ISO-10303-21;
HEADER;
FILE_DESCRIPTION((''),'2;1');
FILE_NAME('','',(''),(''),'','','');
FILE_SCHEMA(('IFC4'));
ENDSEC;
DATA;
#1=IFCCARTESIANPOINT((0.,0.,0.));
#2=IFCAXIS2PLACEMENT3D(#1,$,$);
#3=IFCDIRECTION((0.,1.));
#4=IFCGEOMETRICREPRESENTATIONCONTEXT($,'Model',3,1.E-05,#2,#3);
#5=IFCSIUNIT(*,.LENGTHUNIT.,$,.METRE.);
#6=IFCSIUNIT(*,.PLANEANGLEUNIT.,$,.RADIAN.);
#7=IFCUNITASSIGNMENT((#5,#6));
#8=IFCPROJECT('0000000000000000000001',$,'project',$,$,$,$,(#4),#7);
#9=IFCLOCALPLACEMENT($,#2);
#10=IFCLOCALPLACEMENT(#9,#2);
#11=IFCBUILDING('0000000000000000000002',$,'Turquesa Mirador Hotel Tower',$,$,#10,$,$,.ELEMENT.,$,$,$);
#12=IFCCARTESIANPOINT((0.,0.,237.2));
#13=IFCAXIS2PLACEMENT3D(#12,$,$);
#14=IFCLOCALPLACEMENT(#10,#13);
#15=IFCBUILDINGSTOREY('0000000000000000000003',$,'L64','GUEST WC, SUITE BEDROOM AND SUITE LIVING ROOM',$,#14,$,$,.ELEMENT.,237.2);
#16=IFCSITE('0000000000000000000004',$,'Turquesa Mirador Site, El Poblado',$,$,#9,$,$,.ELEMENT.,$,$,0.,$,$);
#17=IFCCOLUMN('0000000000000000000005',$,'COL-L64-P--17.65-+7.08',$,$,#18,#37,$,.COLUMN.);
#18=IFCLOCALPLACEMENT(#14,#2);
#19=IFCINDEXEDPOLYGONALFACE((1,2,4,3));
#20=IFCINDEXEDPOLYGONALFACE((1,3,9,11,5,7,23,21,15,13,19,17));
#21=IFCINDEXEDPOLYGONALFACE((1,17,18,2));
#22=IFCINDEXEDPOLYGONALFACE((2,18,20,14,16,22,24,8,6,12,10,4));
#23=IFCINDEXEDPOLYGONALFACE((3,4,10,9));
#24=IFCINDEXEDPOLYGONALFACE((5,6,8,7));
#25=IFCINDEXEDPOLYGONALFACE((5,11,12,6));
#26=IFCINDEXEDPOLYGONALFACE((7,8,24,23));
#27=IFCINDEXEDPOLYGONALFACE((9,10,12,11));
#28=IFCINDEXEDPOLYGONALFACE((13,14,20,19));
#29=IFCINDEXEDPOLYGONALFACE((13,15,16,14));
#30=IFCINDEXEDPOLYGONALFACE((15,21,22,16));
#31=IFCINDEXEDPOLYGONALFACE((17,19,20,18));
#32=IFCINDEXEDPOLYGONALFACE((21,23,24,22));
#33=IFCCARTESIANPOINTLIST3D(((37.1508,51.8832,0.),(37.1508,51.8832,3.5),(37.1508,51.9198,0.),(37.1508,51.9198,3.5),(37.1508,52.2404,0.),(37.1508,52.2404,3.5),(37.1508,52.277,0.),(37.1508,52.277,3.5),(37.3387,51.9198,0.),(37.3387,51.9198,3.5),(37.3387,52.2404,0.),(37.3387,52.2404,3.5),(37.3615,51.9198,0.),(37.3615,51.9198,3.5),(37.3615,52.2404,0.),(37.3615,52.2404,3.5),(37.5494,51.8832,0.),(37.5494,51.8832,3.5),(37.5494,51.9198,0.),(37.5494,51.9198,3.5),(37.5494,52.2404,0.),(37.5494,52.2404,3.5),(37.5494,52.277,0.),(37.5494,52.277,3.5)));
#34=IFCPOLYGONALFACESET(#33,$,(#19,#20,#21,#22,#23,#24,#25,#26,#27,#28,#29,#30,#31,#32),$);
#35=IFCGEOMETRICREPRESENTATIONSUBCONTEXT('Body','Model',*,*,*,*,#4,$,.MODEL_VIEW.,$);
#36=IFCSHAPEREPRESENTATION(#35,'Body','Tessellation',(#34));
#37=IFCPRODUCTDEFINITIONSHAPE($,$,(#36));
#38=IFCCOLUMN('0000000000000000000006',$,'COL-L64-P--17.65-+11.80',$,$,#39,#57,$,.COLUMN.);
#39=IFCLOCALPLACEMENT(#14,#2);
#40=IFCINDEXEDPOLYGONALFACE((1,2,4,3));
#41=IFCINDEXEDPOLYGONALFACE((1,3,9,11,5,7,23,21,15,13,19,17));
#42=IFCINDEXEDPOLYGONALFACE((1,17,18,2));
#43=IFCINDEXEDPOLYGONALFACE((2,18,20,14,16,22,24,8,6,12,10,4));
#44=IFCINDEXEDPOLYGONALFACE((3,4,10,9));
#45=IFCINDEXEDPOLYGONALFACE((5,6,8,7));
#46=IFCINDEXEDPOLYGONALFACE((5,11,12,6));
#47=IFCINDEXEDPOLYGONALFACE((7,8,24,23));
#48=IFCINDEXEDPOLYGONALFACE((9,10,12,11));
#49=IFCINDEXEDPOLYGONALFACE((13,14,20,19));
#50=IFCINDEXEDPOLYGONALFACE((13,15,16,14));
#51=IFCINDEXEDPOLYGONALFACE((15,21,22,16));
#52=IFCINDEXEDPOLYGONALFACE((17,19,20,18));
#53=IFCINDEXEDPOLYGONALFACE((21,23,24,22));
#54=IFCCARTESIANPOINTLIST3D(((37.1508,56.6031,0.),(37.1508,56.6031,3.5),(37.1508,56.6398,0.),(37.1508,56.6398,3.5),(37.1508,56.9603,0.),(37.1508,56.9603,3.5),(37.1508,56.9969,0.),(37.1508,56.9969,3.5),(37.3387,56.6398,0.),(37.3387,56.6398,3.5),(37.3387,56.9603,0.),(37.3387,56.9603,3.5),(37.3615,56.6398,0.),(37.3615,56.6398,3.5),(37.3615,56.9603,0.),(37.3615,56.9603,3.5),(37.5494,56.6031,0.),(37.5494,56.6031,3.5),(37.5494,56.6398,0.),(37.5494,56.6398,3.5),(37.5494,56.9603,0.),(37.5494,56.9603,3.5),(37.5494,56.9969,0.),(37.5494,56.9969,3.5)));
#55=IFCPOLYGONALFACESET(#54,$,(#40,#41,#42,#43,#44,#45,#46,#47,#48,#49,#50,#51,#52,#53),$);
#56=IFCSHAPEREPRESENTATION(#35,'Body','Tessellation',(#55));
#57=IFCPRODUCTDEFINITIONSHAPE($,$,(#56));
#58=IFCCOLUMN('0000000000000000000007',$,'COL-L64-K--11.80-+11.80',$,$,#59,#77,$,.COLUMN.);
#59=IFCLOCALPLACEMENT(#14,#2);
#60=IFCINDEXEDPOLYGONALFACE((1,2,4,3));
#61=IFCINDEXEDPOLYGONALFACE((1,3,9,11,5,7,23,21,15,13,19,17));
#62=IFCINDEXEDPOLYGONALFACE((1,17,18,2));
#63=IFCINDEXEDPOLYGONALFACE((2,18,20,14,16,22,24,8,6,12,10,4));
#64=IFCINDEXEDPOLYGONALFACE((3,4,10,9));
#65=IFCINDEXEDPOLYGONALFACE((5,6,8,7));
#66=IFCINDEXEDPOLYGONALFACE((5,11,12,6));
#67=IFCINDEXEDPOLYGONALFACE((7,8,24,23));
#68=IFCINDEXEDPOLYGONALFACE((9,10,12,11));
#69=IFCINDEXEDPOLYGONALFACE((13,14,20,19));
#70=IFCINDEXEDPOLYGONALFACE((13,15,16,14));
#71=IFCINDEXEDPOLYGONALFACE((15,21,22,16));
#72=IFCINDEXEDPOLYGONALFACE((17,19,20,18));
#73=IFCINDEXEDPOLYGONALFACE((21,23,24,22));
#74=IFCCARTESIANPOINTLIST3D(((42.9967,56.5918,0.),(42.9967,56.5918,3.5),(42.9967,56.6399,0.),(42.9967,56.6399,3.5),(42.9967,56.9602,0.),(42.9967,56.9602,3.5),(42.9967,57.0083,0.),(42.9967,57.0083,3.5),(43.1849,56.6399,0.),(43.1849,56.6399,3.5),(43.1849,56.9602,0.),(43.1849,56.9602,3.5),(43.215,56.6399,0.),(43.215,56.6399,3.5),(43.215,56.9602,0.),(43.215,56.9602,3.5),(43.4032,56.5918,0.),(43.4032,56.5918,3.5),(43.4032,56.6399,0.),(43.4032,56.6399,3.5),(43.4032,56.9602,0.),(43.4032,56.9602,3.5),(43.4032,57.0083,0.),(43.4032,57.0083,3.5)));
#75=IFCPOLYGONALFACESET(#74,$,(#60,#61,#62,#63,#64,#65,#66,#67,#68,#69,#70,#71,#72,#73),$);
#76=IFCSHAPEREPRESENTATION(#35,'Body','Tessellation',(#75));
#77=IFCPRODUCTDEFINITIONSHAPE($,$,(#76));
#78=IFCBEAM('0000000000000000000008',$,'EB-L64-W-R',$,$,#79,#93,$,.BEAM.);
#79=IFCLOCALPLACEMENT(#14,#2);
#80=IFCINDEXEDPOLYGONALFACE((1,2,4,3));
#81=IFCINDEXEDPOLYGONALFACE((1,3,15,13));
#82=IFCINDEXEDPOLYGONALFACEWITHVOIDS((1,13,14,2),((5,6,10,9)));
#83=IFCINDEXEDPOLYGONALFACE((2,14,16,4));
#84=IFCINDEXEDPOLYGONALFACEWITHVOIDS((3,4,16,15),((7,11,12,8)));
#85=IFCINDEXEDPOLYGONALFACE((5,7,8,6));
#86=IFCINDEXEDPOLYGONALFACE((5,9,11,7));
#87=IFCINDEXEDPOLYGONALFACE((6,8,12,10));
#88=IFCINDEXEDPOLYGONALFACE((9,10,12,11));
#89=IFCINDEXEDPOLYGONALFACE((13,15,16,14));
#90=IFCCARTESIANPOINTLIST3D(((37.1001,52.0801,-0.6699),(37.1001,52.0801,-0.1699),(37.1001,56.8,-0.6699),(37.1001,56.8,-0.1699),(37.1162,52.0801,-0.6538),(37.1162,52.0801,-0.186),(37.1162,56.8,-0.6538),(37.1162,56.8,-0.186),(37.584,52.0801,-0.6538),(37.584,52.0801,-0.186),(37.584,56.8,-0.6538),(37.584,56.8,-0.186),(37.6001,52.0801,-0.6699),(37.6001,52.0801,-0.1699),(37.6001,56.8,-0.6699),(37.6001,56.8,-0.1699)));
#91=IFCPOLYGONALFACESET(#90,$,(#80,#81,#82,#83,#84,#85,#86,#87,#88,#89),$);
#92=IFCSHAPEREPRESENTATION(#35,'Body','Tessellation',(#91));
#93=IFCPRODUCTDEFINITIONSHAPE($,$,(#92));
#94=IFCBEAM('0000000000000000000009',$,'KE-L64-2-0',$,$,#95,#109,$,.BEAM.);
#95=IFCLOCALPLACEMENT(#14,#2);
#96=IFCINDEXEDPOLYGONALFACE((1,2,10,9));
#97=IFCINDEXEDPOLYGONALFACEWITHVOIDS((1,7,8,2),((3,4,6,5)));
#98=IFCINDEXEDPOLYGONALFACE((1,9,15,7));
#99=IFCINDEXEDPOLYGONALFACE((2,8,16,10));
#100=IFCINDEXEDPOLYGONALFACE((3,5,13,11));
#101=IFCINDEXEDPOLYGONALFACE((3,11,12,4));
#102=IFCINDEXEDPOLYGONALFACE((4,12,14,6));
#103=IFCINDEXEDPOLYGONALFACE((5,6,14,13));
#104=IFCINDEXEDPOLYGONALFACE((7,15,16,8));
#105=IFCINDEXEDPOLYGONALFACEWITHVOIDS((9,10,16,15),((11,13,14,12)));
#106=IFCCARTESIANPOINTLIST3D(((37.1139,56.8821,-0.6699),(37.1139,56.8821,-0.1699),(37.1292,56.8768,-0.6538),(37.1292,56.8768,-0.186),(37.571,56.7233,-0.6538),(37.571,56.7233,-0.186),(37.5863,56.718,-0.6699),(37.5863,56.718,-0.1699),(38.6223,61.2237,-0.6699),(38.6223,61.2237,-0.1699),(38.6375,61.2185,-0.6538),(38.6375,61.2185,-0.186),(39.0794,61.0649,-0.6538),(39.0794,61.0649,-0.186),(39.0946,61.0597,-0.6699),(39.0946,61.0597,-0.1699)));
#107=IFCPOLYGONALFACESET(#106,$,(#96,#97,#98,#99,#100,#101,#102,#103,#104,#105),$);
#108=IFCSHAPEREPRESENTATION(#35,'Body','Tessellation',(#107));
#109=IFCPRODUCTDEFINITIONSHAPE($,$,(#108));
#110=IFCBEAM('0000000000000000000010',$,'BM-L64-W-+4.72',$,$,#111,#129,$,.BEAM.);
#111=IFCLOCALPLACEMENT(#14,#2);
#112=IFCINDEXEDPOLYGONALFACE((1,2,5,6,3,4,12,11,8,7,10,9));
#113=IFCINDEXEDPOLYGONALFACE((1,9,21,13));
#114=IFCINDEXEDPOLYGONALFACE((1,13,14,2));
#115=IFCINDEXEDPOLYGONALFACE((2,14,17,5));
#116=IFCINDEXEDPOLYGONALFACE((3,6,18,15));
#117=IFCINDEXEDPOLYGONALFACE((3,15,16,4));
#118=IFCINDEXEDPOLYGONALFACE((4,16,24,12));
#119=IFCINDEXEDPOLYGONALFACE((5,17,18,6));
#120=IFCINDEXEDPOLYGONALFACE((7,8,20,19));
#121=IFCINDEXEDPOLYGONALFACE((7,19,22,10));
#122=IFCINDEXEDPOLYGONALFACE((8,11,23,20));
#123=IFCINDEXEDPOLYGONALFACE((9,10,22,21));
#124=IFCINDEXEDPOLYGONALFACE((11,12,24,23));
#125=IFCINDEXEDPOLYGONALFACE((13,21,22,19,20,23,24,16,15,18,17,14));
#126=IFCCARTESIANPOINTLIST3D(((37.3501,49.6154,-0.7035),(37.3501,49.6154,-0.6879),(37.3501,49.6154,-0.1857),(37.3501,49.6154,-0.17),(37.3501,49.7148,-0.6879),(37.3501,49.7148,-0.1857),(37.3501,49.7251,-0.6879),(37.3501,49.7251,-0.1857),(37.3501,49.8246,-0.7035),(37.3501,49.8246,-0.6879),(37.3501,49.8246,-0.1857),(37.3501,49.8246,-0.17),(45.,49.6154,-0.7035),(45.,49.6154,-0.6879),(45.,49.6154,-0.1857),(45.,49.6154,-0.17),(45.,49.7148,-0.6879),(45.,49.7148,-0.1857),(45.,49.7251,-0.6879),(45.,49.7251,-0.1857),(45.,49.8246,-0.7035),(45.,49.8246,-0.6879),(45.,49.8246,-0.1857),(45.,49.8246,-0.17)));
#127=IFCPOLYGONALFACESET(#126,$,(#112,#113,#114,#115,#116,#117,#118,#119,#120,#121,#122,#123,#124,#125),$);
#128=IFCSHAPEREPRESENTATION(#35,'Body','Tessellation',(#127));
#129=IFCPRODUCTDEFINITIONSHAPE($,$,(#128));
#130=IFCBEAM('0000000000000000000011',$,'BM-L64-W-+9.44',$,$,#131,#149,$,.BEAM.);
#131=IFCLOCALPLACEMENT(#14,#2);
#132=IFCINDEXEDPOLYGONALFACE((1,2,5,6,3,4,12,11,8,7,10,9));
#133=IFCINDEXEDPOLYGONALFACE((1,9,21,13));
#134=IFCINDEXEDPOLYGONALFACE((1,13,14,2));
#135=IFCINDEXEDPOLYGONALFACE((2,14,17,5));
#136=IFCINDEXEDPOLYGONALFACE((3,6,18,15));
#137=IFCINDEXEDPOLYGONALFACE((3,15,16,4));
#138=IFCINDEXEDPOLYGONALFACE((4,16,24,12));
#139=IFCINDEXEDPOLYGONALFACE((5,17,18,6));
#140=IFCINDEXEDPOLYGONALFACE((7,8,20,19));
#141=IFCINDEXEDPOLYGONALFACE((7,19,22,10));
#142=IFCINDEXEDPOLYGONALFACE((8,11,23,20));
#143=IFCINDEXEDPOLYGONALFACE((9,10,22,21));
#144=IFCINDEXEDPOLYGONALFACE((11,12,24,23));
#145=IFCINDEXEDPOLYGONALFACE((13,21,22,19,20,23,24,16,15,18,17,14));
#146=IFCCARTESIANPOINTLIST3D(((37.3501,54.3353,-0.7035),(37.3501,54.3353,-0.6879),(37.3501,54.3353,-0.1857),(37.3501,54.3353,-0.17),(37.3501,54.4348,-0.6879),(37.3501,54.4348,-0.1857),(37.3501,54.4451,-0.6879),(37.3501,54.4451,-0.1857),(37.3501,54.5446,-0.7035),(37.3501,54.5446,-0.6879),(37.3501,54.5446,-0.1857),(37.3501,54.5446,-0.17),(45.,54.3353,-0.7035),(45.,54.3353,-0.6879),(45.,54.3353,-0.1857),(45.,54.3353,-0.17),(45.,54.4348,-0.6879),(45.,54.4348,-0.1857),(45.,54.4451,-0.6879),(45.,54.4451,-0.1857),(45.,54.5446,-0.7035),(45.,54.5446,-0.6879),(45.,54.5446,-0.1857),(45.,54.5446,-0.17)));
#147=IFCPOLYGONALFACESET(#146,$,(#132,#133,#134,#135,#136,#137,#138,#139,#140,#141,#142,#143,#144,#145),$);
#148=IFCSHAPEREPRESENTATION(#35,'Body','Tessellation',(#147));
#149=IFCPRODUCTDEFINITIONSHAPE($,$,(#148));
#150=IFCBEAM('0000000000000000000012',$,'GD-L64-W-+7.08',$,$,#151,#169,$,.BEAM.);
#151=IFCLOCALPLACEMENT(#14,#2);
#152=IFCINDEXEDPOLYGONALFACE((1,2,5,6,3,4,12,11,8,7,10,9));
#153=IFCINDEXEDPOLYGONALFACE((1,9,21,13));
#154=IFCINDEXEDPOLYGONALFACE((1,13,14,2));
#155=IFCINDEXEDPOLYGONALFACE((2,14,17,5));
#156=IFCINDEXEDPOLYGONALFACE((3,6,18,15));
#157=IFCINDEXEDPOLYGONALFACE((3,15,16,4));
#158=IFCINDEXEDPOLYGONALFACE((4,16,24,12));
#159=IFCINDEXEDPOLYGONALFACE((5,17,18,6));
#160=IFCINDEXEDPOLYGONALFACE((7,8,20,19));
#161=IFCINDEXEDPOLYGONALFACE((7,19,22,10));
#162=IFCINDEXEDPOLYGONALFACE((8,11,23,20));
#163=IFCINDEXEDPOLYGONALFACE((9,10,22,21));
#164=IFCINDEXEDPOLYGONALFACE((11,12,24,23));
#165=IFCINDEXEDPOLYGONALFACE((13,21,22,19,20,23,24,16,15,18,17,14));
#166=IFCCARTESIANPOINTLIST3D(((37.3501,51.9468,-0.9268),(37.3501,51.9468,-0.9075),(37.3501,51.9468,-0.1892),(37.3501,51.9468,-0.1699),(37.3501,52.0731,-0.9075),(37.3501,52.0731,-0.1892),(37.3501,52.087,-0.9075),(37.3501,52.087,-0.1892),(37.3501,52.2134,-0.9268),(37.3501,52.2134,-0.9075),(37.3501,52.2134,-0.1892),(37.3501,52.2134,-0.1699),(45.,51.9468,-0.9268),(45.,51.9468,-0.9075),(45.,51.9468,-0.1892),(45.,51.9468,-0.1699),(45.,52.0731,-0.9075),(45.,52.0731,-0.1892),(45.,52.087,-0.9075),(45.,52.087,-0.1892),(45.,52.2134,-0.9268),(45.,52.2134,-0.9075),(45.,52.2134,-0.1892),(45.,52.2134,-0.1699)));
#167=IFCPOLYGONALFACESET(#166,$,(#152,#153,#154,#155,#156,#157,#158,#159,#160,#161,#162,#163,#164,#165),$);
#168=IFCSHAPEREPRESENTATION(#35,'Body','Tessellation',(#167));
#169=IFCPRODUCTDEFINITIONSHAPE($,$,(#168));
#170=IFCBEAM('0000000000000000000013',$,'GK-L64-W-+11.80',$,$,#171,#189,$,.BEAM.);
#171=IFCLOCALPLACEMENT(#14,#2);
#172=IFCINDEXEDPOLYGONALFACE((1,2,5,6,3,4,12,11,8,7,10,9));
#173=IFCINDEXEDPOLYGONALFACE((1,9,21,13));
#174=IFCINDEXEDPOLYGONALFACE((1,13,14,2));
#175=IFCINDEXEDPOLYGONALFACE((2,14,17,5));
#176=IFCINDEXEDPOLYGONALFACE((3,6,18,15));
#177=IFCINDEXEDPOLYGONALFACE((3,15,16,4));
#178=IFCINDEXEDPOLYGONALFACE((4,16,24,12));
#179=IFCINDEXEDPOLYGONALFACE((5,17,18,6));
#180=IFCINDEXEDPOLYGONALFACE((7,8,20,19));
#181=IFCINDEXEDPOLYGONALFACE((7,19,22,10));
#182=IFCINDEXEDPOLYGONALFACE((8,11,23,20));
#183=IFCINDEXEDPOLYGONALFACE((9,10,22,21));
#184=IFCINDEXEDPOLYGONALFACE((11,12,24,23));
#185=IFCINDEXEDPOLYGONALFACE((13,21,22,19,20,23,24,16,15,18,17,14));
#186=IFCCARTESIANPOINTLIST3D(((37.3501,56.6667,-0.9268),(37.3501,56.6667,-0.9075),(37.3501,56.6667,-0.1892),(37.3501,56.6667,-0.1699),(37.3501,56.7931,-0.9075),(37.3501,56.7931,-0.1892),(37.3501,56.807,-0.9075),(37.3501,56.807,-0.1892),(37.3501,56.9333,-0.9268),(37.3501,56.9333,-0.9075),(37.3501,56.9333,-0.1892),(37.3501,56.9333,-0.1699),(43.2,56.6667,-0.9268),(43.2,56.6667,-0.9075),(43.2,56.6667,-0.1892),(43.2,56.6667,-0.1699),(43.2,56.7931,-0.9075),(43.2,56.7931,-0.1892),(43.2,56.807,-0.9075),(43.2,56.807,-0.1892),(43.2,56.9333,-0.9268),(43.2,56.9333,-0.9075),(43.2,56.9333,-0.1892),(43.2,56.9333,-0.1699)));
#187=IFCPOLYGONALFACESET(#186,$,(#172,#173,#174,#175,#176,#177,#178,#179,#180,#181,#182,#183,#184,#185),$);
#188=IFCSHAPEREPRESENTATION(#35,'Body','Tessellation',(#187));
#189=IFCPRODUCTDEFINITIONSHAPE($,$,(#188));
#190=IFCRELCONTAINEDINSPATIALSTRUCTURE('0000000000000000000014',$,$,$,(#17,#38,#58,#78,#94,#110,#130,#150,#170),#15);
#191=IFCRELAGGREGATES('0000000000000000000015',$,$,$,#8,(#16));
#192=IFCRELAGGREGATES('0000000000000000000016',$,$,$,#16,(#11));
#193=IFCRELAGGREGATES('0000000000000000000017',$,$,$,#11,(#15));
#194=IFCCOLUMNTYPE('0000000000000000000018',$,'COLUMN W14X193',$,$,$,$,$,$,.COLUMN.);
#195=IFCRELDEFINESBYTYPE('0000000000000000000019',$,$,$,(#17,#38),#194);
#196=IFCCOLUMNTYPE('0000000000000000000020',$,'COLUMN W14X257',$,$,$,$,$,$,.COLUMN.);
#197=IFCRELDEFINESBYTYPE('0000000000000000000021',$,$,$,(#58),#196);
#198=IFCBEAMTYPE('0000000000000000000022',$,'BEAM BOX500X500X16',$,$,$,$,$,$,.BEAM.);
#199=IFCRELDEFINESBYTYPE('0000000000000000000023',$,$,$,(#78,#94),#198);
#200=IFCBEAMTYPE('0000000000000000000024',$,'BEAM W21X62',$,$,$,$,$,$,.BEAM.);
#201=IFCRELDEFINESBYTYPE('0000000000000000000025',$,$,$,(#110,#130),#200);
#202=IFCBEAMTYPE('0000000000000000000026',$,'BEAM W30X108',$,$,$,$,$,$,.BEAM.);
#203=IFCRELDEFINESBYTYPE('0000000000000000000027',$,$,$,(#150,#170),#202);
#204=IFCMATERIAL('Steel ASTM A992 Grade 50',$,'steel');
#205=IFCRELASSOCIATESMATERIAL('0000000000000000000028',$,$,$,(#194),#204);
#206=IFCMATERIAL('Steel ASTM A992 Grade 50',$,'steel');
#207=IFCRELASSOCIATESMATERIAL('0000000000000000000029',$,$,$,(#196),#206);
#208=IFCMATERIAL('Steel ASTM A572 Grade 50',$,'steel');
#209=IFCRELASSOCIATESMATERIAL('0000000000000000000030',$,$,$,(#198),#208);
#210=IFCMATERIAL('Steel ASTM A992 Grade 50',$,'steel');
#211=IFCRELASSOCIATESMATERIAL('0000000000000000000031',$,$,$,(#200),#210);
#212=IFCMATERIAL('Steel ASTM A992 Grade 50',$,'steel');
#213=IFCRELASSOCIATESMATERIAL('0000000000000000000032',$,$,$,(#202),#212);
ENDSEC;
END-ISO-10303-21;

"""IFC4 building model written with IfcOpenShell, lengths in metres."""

from ifc_helpers import new_model, si_unit, direction, frame, origin, origin_2d, place, context, subcontext, project, spatial, hollow_rectangle, i_section, extrude, material, material_profile, profile_set, type_object, element, save


model = new_model("IFC4")

# Units and contexts
model_context = context("Model", 3, precision=1e-05, world=origin(), true_north=direction((0.0, 1.0)))
body_context = subcontext(model_context, "Body", "Model", "MODEL_VIEW")
ifc_project = project(units=[si_unit("LENGTHUNIT", "METRE"), si_unit("PLANEANGLEUNIT", "RADIAN")], contexts=[model_context])

# Site, building, storey
site_placement = place(None, origin())
site = spatial("IfcSite", under=ifc_project, at=site_placement, Name="Turquesa Mirador Site, El Poblado", CompositionType="ELEMENT", RefElevation=0.0)
building_placement = place(site_placement, origin())
building = spatial("IfcBuilding", under=site, at=building_placement, Name="Turquesa Mirador Hotel Tower", CompositionType="ELEMENT")
storey_placement = place(building_placement, frame((0.0, 0.0, 237.2)))
storey = spatial("IfcBuildingStorey", under=building, at=storey_placement, Name="L64", Description="GUEST WC, SUITE BEDROOM AND SUITE LIVING ROOM", CompositionType="ELEMENT", Elevation=237.2)

# Columns
ifc_material_1 = material(Name="Steel ASTM A992 Grade 50", Category="steel")
ifc_material_profile_1 = material_profile(ifc_material_1, i_section(OverallWidth=0.3987, OverallDepth=0.3938, WebThickness=0.0227, FlangeThickness=0.0366, at=origin_2d()), Name="W14X193")
ifc_profile_set_1 = profile_set([ifc_material_profile_1], Name="Steel ASTM A992 Grade 50")
column_type_1 = type_object("IfcColumnType", Name="COLUMN W14X193", PredefinedType="COLUMN", material=ifc_profile_set_1)
for number, where, z_axis, x_axis, name in (
    (1, (37.3501, 52.0801, 0.0), (0.0, 0.0, 1.0), (1.0, 0.0, 0.0), "COL-L64-P--17.65-+7.08"),
    (2, (37.3501, 56.8, 0.0), (0.0, 0.0, 1.0), (1.0, 0.0, 0.0), "COL-L64-P--17.65-+11.80"),
):
    element("IfcColumn", number, at=place(storey_placement, frame(where, z_axis=z_axis, x_axis=x_axis)), inside=storey, type_object=column_type_1, Name=name, PredefinedType="COLUMN", context=body_context, shape_type="SweptSolid", body=[
        extrude(i_section(OverallWidth=0.3987, OverallDepth=0.3938, WebThickness=0.0227, FlangeThickness=0.0366, at=origin_2d()), origin(), (0.0, 0.0, 1.0), 3.5),
    ])
ifc_material_2 = material(Name="Steel ASTM A992 Grade 50", Category="steel")
ifc_material_profile_2 = material_profile(ifc_material_2, i_section(OverallWidth=0.4065, OverallDepth=0.4165, WebThickness=0.03, FlangeThickness=0.0481, at=origin_2d()), Name="W14X257")
ifc_profile_set_2 = profile_set([ifc_material_profile_2], Name="Steel ASTM A992 Grade 50")
column_type_2 = type_object("IfcColumnType", Name="COLUMN W14X257", PredefinedType="COLUMN", material=ifc_profile_set_2)
column_placement = place(storey_placement, frame((43.2, 56.8, 0.0), z_axis=(0.0, 0.0, 1.0), x_axis=(1.0, 0.0, 0.0)))
element("IfcColumn", 3, at=column_placement, inside=storey, type_object=column_type_2, Name="COL-L64-K--11.80-+11.80", PredefinedType="COLUMN", context=body_context, shape_type="SweptSolid", body=[
    extrude(i_section(OverallWidth=0.4065, OverallDepth=0.4165, WebThickness=0.03, FlangeThickness=0.0481, at=origin_2d()), origin(), (0.0, 0.0, 1.0), 3.5),
])

# Beams
ifc_material_3 = material(Name="Steel ASTM A572 Grade 50", Category="steel")
ifc_material_profile_3 = material_profile(ifc_material_3, hollow_rectangle(XDim=0.5, YDim=0.5, WallThickness=0.0161, at=origin_2d()), Name="BOX500X500X16")
ifc_profile_set_3 = profile_set([ifc_material_profile_3], Name="Steel ASTM A572 Grade 50")
beam_type_1 = type_object("IfcBeamType", Name="BEAM BOX500X500X16", PredefinedType="BEAM", material=ifc_profile_set_3)
beam_1_placement = place(storey_placement, frame((37.3501, 52.0801, -0.4199), z_axis=(0.0, 1.0, 0.0), x_axis=(-1.0, 0.0, 0.0)))
element("IfcBeam", 4, at=beam_1_placement, inside=storey, type_object=beam_type_1, Name="EB-L64-W-R", PredefinedType="BEAM", context=body_context, shape_type="SweptSolid", body=[
    extrude(hollow_rectangle(XDim=0.5, YDim=0.5, WallThickness=0.0161, at=origin_2d()), origin(), (0.0, 0.0, 1.0), 4.72),
])
beam_2_placement = place(storey_placement, frame((37.3501, 56.8, -0.4199), z_axis=(0.32817, 0.944619, 0.0), x_axis=(-0.944619, 0.32817, 0.0)))
element("IfcBeam", 5, at=beam_2_placement, inside=storey, type_object=beam_type_1, Name="KE-L64-2-0", PredefinedType="BEAM", context=body_context, shape_type="SweptSolid", body=[
    extrude(hollow_rectangle(XDim=0.5, YDim=0.5, WallThickness=0.0161, at=origin_2d()), origin(), (0.0, 0.0, 1.0), 4.5962),
])
ifc_material_4 = material(Name="Steel ASTM A992 Grade 50", Category="steel")
ifc_material_profile_4 = material_profile(ifc_material_4, i_section(OverallWidth=0.2092, OverallDepth=0.5334, WebThickness=0.0103, FlangeThickness=0.0156, at=origin_2d()), Name="W21X62")
ifc_profile_set_4 = profile_set([ifc_material_profile_4], Name="Steel ASTM A992 Grade 50")
beam_type_2 = type_object("IfcBeamType", Name="BEAM W21X62", PredefinedType="BEAM", material=ifc_profile_set_4)
for number, where, z_axis, x_axis, name in (
    (6, (37.3501, 49.72, -0.4368), (1.0, 0.0, 0.0), (0.0, 1.0, 0.0), "BM-L64-W-+4.72"),
    (7, (37.3501, 54.4399, -0.4368), (1.0, 0.0, 0.0), (0.0, 1.0, 0.0), "BM-L64-W-+9.44"),
):
    element("IfcBeam", number, at=place(storey_placement, frame(where, z_axis=z_axis, x_axis=x_axis)), inside=storey, type_object=beam_type_2, Name=name, PredefinedType="BEAM", context=body_context, shape_type="SweptSolid", body=[
        extrude(i_section(OverallWidth=0.2092, OverallDepth=0.5334, WebThickness=0.0103, FlangeThickness=0.0156, at=origin_2d()), origin(), (0.0, 0.0, 1.0), 7.6499),
    ])
ifc_material_5 = material(Name="Steel ASTM A992 Grade 50", Category="steel")
ifc_material_profile_5 = material_profile(ifc_material_5, i_section(OverallWidth=0.2666, OverallDepth=0.7568, WebThickness=0.0139, FlangeThickness=0.0193, at=origin_2d()), Name="W30X108")
ifc_profile_set_5 = profile_set([ifc_material_profile_5], Name="Steel ASTM A992 Grade 50")
beam_type_3 = type_object("IfcBeamType", Name="BEAM W30X108", PredefinedType="BEAM", material=ifc_profile_set_5)
beam_3_placement = place(storey_placement, frame((37.3501, 52.0801, -0.5483), z_axis=(1.0, 0.0, 0.0), x_axis=(0.0, 1.0, 0.0)))
element("IfcBeam", 8, at=beam_3_placement, inside=storey, type_object=beam_type_3, Name="GD-L64-W-+7.08", PredefinedType="BEAM", context=body_context, shape_type="SweptSolid", body=[
    extrude(i_section(OverallWidth=0.2666, OverallDepth=0.7568, WebThickness=0.0139, FlangeThickness=0.0193, at=origin_2d()), origin(), (0.0, 0.0, 1.0), 7.6499),
])
beam_4_placement = place(storey_placement, frame((37.3501, 56.8, -0.5483), z_axis=(1.0, 0.0, 0.0), x_axis=(0.0, 1.0, 0.0)))
element("IfcBeam", 9, at=beam_4_placement, inside=storey, type_object=beam_type_3, Name="GK-L64-W-+11.80", PredefinedType="BEAM", context=body_context, shape_type="SweptSolid", body=[
    extrude(i_section(OverallWidth=0.2666, OverallDepth=0.7568, WebThickness=0.0139, FlangeThickness=0.0193, at=origin_2d()), origin(), (0.0, 0.0, 1.0), 5.8499),
])

save(model, "model.ifc")
